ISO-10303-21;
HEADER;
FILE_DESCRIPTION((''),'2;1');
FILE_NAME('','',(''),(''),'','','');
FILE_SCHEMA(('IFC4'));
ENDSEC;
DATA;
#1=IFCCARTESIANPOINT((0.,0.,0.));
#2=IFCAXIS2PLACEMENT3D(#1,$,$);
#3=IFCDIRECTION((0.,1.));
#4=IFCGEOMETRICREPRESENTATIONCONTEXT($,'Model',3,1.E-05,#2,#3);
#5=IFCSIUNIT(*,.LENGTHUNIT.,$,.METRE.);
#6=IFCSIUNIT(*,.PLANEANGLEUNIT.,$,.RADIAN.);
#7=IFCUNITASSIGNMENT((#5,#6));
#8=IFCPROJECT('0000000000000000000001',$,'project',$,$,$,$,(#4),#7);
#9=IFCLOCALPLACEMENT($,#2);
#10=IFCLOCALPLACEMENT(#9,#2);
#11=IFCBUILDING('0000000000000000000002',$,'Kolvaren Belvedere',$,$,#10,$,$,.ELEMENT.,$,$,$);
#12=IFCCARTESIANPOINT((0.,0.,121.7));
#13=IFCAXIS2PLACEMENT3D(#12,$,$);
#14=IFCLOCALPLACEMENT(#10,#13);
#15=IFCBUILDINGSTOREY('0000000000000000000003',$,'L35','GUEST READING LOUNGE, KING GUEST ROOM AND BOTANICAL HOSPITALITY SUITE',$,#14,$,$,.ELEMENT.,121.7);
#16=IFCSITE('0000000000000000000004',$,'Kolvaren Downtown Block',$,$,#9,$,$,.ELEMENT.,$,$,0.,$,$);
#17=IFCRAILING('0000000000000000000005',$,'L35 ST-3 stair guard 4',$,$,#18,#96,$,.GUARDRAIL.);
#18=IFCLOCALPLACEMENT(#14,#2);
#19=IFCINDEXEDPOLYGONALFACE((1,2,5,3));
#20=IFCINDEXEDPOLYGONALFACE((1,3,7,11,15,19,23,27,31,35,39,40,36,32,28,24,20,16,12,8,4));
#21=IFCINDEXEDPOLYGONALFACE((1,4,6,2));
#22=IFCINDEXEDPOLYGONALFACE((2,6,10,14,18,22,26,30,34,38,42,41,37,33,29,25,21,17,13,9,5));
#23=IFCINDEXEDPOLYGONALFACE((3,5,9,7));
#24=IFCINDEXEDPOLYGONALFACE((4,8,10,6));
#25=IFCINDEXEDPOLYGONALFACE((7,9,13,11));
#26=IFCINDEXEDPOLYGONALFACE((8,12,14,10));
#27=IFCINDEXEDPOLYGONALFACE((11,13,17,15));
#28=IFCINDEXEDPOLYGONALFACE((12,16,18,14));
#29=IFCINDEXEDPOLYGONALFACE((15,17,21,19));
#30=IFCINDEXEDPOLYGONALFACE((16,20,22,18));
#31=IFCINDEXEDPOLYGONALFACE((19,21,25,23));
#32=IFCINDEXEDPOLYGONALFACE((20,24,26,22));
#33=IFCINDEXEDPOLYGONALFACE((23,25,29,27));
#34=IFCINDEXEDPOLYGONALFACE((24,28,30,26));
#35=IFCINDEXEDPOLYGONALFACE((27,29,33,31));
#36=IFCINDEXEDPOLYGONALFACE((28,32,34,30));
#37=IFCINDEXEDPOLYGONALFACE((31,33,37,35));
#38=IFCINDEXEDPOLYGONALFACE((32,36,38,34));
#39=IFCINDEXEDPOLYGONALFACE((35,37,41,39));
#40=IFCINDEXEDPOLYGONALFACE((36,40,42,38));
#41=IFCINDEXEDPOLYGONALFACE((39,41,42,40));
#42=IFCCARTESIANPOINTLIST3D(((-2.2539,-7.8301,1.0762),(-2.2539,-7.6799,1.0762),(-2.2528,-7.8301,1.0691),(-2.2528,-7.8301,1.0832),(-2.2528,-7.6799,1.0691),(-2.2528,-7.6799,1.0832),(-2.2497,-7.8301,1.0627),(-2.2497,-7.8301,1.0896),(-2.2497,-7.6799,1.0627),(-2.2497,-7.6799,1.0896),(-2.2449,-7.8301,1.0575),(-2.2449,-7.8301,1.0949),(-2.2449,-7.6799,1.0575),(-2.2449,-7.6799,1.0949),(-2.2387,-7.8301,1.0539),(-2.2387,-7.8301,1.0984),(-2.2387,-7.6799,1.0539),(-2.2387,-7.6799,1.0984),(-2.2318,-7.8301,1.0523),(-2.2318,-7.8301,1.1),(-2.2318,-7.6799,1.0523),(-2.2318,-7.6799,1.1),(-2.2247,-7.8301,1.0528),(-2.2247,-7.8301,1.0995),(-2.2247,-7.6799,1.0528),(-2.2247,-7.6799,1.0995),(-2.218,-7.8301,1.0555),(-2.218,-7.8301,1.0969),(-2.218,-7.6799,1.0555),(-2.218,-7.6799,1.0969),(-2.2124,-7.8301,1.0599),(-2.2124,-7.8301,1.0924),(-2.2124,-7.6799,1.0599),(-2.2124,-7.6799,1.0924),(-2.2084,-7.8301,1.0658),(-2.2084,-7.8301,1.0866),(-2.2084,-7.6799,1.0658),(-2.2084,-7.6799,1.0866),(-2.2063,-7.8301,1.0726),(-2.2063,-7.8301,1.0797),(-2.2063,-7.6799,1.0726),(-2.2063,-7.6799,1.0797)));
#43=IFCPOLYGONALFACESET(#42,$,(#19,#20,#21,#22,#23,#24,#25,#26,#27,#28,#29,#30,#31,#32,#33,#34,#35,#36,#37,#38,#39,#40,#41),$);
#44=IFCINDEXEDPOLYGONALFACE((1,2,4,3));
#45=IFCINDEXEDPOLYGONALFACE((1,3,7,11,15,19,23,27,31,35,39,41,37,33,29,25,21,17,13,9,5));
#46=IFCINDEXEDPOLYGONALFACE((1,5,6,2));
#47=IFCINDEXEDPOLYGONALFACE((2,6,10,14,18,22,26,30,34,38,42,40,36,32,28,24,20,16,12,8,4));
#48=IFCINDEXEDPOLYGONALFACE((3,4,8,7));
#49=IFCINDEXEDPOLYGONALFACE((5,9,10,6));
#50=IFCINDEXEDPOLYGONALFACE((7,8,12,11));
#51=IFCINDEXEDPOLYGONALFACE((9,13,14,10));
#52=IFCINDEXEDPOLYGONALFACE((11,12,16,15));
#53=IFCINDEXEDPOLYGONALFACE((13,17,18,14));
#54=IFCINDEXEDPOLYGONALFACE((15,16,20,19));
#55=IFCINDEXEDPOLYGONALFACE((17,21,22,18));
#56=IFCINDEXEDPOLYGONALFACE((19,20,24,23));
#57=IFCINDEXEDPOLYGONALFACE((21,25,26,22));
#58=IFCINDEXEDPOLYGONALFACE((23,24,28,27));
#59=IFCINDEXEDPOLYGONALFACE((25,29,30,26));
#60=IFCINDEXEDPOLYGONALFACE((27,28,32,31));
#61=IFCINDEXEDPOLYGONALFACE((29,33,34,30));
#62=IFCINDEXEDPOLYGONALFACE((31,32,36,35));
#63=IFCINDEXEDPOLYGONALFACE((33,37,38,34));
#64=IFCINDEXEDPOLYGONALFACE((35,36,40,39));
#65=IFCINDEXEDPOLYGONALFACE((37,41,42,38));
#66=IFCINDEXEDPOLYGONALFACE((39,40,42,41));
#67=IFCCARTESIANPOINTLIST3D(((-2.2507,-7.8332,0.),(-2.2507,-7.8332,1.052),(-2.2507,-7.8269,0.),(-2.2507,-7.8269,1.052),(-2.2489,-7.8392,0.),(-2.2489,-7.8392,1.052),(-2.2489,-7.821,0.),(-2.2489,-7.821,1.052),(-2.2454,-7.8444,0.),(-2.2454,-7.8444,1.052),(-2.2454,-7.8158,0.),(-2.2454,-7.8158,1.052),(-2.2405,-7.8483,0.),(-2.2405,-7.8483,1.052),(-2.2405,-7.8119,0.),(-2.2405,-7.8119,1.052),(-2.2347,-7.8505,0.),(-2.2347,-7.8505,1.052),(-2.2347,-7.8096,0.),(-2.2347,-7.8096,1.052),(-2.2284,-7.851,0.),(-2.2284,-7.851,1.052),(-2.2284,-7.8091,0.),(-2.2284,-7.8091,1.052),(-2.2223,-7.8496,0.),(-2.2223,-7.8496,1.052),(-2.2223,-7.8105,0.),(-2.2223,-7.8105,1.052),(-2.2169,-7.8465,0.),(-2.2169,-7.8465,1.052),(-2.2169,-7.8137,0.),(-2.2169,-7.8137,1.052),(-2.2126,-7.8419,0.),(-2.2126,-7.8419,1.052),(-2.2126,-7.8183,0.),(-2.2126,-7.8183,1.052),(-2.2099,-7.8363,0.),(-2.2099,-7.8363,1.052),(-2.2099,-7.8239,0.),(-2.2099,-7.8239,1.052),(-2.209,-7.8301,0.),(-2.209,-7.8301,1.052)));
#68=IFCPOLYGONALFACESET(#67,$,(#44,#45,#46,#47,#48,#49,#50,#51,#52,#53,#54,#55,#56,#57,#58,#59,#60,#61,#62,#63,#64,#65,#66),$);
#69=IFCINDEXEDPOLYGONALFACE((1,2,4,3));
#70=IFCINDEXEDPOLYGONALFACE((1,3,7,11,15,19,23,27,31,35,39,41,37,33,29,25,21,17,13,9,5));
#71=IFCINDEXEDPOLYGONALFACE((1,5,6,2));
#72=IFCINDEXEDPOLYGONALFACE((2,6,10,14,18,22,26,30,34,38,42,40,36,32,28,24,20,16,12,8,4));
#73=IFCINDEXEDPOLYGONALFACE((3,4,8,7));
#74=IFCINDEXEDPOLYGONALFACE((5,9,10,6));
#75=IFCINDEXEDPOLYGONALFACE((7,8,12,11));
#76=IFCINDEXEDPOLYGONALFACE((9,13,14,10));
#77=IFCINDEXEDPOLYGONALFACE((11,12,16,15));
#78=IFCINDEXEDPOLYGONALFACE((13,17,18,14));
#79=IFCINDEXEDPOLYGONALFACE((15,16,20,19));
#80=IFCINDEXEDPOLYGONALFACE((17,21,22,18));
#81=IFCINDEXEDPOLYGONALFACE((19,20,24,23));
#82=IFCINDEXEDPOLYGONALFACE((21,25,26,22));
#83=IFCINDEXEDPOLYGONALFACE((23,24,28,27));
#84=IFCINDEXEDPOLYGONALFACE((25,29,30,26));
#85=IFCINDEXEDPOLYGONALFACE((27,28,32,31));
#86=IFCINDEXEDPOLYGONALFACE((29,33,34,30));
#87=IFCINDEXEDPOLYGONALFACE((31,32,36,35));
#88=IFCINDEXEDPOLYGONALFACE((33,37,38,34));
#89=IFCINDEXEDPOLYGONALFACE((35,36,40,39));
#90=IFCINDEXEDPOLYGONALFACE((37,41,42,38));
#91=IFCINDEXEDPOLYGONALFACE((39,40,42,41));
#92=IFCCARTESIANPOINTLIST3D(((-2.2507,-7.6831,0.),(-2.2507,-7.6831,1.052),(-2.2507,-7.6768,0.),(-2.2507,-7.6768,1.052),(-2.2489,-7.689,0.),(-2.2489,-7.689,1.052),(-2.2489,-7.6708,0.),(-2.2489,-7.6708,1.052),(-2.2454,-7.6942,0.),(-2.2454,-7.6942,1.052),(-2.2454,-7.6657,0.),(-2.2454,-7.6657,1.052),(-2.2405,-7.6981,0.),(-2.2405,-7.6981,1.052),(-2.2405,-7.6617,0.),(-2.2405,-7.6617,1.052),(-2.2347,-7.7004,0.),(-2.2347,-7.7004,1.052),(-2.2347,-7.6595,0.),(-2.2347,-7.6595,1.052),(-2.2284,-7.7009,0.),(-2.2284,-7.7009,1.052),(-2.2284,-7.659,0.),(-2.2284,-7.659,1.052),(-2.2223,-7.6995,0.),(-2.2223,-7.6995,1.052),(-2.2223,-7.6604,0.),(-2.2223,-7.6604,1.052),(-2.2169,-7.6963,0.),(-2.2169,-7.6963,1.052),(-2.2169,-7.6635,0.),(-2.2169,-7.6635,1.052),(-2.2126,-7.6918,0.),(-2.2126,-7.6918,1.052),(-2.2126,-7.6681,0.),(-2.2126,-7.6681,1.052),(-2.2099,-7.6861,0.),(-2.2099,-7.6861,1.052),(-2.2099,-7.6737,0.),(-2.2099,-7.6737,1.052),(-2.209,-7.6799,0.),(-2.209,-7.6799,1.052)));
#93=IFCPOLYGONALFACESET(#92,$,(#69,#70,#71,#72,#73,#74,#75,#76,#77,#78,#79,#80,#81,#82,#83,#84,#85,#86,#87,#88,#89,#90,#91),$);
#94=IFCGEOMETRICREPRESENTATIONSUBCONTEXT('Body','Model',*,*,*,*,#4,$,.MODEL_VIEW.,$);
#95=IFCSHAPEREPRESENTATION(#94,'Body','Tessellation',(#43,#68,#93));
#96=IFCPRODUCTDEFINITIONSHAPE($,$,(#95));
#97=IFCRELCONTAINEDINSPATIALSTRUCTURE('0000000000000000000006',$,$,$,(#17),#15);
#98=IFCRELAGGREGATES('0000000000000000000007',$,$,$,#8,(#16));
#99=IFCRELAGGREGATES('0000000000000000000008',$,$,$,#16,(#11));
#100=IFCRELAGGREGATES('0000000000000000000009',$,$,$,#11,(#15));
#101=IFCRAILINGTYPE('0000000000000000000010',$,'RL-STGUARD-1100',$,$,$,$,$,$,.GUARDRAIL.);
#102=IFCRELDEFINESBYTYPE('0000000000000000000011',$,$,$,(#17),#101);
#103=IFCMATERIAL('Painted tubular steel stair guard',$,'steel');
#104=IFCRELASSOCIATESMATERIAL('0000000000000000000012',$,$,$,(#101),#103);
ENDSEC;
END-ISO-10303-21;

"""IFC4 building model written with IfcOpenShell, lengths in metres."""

from ifc_helpers import new_model, si_unit, direction, frame, origin, origin_2d, place, context, subcontext, project, spatial, circle, extrude, material, type_object, element, save


model = new_model("IFC4")

# Units and contexts
model_context = context("Model", 3, precision=1e-05, world=origin(), true_north=direction((0.0, 1.0)))
body_context = subcontext(model_context, "Body", "Model", "MODEL_VIEW")
ifc_project = project(units=[si_unit("LENGTHUNIT", "METRE"), si_unit("PLANEANGLEUNIT", "RADIAN")], contexts=[model_context])

# Site, building, storey
site_placement = place(None, origin())
site = spatial("IfcSite", under=ifc_project, at=site_placement, Name="Kolvaren Downtown Block", CompositionType="ELEMENT", RefElevation=0.0)
building_placement = place(site_placement, origin())
building = spatial("IfcBuilding", under=site, at=building_placement, Name="Kolvaren Belvedere", CompositionType="ELEMENT")
storey_placement = place(building_placement, frame((0.0, 0.0, 121.7)))
storey = spatial("IfcBuildingStorey", under=building, at=storey_placement, Name="L35", Description="GUEST READING LOUNGE, KING GUEST ROOM AND BOTANICAL HOSPITALITY SUITE", CompositionType="ELEMENT", Elevation=121.7)

# Railing
ifc_material_1 = material(Name="Painted tubular steel stair guard", Category="steel")
railing_type_1 = type_object("IfcRailingType", Name="RL-STGUARD-1100", PredefinedType="GUARDRAIL", material=ifc_material_1)
railing_1_placement = place(storey_placement, frame((-2.23, -7.8301, 0.0)))
element("IfcRailing", 1, at=railing_1_placement, inside=storey, type_object=railing_type_1, Name="L35 ST-3 stair guard 4", PredefinedType="GUARDRAIL", context=body_context, shape_type="SweptSolid", body=[
    extrude(circle(Radius=0.0239, at=origin_2d()), frame((0.0, 0.0, 1.0762), z_axis=(0.0, 1.0, 0.0), x_axis=(-1.0, 0.0, 0.0)), (0.0, 0.0, 1.0), 0.1501),
    extrude(circle(Radius=0.021, at=origin_2d()), origin(), (0.0, 0.0, 1.0), 1.052),
    extrude(circle(Radius=0.021, at=origin_2d()), frame((0.0, 0.1501, 0.0)), (0.0, 0.0, 1.0), 1.052),
])

save(model, "model.ifc")
